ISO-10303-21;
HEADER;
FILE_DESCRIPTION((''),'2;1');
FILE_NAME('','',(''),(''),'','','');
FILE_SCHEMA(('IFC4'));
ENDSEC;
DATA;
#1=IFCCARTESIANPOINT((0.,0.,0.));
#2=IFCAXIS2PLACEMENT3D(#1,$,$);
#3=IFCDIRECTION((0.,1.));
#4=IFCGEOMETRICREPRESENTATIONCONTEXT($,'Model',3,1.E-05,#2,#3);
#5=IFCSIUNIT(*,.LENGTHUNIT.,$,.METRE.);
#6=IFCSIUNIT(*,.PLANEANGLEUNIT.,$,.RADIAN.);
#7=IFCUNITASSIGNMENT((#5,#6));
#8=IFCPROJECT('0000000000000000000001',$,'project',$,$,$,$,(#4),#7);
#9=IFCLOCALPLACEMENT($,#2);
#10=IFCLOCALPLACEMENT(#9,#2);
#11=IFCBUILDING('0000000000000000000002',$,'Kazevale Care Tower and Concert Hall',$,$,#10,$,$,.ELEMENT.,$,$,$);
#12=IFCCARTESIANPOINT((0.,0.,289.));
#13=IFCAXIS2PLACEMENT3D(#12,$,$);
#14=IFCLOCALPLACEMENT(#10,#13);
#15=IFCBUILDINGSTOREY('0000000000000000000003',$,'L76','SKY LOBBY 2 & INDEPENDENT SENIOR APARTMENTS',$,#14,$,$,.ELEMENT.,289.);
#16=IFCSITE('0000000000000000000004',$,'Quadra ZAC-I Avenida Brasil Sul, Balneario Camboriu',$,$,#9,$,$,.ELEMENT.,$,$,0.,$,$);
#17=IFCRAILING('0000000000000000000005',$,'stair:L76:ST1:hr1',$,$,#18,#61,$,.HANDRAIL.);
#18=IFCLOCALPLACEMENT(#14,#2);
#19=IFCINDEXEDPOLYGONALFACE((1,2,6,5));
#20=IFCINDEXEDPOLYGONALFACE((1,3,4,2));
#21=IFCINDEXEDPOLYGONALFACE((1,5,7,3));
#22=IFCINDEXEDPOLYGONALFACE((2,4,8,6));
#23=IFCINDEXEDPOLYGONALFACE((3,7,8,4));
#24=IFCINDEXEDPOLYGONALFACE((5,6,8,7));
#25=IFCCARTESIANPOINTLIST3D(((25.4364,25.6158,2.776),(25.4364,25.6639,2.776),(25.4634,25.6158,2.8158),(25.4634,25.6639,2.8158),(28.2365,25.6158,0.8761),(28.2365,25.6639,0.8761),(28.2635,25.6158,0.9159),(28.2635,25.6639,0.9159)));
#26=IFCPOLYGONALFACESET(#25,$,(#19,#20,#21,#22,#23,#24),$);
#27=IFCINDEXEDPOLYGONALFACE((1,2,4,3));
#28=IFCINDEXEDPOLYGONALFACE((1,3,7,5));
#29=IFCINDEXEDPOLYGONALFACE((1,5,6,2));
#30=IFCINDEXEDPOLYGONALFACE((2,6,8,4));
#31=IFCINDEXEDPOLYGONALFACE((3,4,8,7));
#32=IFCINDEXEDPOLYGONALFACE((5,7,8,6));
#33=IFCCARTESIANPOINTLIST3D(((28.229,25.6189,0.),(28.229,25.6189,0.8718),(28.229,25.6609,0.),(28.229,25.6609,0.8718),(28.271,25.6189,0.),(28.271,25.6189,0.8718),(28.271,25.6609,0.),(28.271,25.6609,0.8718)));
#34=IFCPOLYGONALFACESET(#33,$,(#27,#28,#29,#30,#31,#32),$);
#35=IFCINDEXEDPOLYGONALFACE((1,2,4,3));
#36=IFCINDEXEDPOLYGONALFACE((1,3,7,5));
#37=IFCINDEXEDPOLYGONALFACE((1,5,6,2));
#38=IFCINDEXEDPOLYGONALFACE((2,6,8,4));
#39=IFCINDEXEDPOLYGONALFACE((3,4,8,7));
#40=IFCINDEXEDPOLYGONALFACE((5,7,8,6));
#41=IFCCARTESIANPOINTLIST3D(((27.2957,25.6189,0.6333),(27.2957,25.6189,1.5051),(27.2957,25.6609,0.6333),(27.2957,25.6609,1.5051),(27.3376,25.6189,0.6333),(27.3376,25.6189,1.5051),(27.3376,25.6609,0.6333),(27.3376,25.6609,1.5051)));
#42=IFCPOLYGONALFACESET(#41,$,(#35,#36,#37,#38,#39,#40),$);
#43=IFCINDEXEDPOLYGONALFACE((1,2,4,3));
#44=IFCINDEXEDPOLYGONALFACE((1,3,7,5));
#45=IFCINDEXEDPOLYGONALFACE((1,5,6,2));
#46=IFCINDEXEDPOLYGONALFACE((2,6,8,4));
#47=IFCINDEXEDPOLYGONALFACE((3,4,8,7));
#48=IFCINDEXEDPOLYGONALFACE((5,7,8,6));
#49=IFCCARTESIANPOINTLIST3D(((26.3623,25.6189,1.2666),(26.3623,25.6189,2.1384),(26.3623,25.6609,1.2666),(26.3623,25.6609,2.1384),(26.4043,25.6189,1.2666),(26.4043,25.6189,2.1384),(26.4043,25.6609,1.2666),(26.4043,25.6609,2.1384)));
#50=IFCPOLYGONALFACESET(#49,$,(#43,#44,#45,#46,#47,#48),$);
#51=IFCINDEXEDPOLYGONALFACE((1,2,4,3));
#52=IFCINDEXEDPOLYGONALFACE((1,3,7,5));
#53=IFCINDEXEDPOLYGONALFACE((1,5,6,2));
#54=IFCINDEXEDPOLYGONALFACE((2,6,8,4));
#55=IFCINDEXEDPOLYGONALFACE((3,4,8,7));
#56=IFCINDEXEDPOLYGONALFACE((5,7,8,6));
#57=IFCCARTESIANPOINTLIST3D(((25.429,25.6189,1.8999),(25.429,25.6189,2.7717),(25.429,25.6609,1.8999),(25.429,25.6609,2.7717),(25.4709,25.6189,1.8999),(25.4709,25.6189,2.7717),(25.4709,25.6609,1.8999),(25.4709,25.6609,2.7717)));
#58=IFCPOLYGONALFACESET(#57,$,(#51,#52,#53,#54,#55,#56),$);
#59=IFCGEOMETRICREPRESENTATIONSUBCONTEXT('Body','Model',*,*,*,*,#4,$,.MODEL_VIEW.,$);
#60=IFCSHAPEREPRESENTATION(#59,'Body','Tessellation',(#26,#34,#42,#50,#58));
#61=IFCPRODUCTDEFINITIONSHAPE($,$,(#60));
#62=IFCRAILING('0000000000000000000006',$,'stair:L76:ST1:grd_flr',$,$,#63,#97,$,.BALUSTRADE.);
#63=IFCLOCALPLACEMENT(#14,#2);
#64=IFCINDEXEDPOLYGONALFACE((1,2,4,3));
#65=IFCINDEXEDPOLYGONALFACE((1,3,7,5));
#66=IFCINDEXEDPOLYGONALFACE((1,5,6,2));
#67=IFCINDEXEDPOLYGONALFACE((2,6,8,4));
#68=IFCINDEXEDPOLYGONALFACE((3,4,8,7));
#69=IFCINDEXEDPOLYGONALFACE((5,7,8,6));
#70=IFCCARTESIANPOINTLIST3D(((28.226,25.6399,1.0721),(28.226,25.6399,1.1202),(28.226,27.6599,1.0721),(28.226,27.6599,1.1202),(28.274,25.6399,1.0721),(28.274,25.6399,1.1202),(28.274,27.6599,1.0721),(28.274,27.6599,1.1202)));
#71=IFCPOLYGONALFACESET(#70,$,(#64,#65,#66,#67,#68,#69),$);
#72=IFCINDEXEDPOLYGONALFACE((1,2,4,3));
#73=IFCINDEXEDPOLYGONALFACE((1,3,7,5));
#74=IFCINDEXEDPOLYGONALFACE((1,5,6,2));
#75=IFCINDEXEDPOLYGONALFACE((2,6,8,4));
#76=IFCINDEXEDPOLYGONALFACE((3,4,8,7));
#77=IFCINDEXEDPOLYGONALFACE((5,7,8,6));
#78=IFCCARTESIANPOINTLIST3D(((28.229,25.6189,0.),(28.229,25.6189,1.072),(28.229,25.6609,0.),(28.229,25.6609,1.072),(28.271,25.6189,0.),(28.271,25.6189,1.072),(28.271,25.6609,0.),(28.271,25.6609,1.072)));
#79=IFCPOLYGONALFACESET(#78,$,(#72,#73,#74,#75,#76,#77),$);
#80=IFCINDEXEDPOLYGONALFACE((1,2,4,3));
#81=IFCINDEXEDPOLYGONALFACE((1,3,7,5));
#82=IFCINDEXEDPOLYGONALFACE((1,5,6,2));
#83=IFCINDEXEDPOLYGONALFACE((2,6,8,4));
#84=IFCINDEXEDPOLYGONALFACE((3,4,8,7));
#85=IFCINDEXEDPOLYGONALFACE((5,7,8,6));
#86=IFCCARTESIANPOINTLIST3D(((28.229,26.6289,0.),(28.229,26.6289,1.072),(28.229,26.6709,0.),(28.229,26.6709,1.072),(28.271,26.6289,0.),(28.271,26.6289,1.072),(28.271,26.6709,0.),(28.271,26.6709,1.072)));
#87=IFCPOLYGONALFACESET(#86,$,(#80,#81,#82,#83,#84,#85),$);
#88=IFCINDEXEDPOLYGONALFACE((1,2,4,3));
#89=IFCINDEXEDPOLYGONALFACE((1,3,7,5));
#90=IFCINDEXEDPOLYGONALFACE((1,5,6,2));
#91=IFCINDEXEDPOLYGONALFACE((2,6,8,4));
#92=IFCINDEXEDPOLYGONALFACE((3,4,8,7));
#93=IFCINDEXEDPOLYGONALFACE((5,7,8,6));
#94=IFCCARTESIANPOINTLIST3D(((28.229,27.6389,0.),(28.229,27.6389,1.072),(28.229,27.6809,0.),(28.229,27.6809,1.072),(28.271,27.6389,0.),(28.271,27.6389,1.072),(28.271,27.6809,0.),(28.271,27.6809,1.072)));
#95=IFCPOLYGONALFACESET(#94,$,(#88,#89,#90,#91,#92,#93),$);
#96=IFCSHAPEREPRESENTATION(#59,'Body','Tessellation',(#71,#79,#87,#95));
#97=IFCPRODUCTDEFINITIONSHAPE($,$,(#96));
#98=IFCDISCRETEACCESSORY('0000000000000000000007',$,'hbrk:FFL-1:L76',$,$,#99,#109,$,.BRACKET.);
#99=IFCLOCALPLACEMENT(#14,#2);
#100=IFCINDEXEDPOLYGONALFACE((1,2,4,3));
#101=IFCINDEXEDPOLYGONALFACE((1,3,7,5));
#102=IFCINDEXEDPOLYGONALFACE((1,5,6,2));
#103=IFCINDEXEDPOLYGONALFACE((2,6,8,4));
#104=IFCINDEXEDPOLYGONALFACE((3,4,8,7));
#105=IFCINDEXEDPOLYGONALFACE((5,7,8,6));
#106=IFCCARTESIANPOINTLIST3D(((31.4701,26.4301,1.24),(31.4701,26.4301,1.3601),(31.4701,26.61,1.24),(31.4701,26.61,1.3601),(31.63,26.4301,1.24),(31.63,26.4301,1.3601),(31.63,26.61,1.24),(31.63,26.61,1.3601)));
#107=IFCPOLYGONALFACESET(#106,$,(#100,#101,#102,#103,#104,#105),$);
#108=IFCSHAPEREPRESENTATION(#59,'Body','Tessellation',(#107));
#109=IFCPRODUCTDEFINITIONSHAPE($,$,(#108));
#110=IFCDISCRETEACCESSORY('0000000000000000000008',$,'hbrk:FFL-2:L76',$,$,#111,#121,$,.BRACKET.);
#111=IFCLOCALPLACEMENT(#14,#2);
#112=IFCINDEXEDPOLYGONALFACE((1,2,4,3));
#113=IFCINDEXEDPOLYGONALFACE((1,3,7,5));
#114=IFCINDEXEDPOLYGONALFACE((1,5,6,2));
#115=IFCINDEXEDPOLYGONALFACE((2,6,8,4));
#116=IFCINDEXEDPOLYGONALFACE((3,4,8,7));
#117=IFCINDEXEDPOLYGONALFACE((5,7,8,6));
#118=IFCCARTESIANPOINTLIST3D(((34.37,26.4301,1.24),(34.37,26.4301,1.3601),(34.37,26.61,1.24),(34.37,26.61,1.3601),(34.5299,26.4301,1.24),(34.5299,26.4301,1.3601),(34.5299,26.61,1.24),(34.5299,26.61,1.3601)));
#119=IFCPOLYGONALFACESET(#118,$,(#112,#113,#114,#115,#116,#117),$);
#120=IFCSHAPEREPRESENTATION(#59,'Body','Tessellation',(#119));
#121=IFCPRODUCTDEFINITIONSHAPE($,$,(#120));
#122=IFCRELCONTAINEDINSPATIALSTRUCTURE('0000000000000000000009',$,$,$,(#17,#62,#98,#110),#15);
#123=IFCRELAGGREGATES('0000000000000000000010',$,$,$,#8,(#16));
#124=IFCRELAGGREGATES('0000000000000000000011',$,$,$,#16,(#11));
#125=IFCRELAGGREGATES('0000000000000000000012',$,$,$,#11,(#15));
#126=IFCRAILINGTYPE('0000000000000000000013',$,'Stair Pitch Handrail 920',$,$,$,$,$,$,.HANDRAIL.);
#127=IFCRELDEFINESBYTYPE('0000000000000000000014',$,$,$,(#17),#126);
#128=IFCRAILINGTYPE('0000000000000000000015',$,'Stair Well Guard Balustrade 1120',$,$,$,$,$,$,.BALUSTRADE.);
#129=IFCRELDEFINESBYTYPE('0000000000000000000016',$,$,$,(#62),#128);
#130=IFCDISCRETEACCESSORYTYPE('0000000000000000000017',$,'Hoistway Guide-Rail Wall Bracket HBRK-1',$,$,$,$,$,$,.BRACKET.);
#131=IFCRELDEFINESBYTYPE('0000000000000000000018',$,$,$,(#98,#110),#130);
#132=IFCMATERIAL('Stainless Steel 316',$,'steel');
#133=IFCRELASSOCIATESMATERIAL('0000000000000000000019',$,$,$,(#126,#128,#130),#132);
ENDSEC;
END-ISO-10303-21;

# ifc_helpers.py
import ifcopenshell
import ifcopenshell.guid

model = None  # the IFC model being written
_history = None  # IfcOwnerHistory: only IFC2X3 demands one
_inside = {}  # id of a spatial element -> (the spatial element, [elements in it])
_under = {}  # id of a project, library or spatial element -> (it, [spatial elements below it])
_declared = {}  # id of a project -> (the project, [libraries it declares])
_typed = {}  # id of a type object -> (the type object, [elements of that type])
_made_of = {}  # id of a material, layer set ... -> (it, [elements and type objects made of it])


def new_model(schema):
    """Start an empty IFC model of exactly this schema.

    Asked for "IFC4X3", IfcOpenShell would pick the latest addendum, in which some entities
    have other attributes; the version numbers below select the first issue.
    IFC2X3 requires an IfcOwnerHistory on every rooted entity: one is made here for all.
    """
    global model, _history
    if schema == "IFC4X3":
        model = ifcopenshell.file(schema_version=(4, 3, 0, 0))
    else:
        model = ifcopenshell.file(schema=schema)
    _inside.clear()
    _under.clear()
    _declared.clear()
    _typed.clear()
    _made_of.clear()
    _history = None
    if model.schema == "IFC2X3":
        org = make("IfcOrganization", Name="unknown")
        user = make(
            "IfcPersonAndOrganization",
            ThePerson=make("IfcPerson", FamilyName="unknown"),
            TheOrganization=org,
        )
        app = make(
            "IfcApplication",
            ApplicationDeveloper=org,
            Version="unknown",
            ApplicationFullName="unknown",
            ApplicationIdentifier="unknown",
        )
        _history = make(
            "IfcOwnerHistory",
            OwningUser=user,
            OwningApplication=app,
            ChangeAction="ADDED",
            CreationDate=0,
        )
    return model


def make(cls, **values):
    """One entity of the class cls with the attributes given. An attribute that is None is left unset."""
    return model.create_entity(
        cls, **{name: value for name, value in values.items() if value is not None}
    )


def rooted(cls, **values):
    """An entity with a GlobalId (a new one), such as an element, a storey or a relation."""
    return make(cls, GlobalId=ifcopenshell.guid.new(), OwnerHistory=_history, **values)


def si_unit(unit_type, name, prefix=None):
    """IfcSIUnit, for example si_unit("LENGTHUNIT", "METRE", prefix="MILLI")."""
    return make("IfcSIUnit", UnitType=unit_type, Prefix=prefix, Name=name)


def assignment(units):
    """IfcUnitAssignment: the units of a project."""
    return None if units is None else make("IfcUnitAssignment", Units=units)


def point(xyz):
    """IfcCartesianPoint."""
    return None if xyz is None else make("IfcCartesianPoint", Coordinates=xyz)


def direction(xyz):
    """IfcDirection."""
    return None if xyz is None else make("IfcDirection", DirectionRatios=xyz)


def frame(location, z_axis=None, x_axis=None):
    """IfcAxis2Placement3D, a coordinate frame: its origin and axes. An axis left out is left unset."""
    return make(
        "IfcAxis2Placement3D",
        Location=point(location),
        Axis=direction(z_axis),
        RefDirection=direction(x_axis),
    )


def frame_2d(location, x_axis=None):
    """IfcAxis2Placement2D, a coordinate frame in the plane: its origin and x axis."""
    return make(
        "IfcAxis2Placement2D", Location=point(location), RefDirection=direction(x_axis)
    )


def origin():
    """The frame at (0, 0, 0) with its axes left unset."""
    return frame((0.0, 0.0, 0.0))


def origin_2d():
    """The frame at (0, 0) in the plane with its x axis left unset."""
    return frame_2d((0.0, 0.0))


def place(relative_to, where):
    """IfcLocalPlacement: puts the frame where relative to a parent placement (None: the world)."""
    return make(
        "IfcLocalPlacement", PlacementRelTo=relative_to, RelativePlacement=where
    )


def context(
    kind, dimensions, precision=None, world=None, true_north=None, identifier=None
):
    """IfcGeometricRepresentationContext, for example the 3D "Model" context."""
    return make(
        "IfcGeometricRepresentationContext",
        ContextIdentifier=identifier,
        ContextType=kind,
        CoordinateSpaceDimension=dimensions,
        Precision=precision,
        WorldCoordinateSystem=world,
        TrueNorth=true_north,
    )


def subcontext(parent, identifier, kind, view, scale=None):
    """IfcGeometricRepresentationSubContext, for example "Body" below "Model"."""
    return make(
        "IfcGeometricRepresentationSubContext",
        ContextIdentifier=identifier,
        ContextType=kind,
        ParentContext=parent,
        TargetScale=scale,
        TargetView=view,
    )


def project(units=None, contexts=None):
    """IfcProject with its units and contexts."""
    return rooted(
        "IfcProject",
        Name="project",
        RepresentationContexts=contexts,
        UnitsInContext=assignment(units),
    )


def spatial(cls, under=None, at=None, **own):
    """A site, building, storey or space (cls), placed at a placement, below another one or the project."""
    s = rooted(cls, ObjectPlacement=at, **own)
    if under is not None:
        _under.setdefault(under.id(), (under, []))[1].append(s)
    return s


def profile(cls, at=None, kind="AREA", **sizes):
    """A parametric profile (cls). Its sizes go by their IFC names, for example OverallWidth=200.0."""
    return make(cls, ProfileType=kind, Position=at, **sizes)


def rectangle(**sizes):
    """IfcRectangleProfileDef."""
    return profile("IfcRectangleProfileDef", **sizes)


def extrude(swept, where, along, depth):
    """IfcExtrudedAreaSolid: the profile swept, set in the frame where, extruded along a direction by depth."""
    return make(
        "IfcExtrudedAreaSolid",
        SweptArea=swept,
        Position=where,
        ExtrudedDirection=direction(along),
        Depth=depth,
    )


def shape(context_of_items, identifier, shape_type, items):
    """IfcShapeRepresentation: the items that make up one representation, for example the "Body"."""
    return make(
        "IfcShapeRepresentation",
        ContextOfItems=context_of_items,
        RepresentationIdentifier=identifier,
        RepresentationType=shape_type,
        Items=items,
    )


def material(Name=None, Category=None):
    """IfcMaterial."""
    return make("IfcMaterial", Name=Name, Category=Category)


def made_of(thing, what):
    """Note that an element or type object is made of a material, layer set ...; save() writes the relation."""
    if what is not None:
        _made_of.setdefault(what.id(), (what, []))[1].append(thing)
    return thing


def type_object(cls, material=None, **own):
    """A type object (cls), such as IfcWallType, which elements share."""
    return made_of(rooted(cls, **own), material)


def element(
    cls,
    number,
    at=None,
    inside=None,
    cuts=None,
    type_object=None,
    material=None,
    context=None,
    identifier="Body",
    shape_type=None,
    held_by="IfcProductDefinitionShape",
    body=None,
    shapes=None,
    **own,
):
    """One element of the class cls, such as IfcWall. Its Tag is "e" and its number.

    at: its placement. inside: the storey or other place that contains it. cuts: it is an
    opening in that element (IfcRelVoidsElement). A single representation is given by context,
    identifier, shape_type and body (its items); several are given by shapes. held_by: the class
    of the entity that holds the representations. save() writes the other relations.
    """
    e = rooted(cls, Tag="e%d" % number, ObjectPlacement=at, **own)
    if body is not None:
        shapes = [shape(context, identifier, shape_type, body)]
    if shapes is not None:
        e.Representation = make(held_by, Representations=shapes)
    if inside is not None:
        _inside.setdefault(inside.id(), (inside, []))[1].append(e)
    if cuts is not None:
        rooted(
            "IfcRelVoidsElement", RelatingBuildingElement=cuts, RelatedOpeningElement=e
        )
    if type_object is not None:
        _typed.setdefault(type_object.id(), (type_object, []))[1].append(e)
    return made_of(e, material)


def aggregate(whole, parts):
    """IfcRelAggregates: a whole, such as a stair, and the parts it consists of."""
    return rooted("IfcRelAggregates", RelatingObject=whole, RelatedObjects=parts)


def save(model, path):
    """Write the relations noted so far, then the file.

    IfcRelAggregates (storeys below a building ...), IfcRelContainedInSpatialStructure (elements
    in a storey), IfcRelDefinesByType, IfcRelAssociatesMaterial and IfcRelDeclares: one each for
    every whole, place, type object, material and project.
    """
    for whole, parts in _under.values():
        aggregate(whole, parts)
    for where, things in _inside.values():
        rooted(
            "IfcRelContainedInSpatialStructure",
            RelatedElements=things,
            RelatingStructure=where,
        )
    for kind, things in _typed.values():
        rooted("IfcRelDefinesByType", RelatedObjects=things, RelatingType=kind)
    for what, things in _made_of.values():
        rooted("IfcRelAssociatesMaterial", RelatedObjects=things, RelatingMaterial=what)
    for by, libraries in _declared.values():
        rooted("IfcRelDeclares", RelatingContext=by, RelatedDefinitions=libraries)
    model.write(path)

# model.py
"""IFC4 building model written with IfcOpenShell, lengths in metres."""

from ifc_helpers import new_model, si_unit, direction, frame, origin, origin_2d, place, context, subcontext, project, spatial, rectangle, extrude, material, type_object, element, save


model = new_model("IFC4")

# Units and contexts
model_context = context("Model", 3, precision=1e-05, world=origin(), true_north=direction((0.0, 1.0)))
body_context = subcontext(model_context, "Body", "Model", "MODEL_VIEW")
ifc_project = project(units=[si_unit("LENGTHUNIT", "METRE"), si_unit("PLANEANGLEUNIT", "RADIAN")], contexts=[model_context])

# Site, building, storey
site_placement = place(None, origin())
site = spatial("IfcSite", under=ifc_project, at=site_placement, Name="Quadra ZAC-I Avenida Brasil Sul, Balneario Camboriu", CompositionType="ELEMENT", RefElevation=0.0)
building_placement = place(site_placement, origin())
building = spatial("IfcBuilding", under=site, at=building_placement, Name="Kazevale Care Tower and Concert Hall", CompositionType="ELEMENT")
storey_placement = place(building_placement, frame((0.0, 0.0, 289.0)))
storey = spatial("IfcBuildingStorey", under=building, at=storey_placement, Name="L76", Description="SKY LOBBY 2 & INDEPENDENT SENIOR APARTMENTS", CompositionType="ELEMENT", Elevation=289.0)

# Shared definitions
ifc_material_1 = material(Name="Stainless Steel 316", Category="steel")

# Railings
railing_type_1 = type_object("IfcRailingType", Name="Stair Pitch Handrail 920", PredefinedType="HANDRAIL", material=ifc_material_1)
railing_1_placement = place(storey_placement, frame((28.25, 25.6399, 0.0)))
element("IfcRailing", 1, at=railing_1_placement, inside=storey, type_object=railing_type_1, Name="stair:L76:ST1:hr1", PredefinedType="HANDRAIL", context=body_context, shape_type="SweptSolid", body=[
    extrude(rectangle(XDim=0.0481, YDim=0.0481, at=origin_2d()), frame((0.0, 0.0, 0.896), z_axis=(-0.827494, 0.0, 0.561475), x_axis=(0.0, -1.0, 0.0)), (0.0, 0.0, 1.0), 3.3838),
    extrude(rectangle(XDim=0.042, YDim=0.042, at=origin_2d()), origin(), (0.0, 0.0, 1.0), 0.8718),
    extrude(rectangle(XDim=0.042, YDim=0.042, at=origin_2d()), frame((-0.9333, 0.0, 0.6333)), (0.0, 0.0, 1.0), 0.8718),
    extrude(rectangle(XDim=0.042, YDim=0.042, at=origin_2d()), frame((-1.8667, 0.0, 1.2666)), (0.0, 0.0, 1.0), 0.8718),
    extrude(rectangle(XDim=0.042, YDim=0.042, at=origin_2d()), frame((-2.8, 0.0, 1.8999)), (0.0, 0.0, 1.0), 0.8718),
])
railing_type_2 = type_object("IfcRailingType", Name="Stair Well Guard Balustrade 1120", PredefinedType="BALUSTRADE", material=ifc_material_1)
railing_2_placement = place(storey_placement, frame((28.25, 25.6399, 0.0)))
element("IfcRailing", 2, at=railing_2_placement, inside=storey, type_object=railing_type_2, Name="stair:L76:ST1:grd_flr", PredefinedType="BALUSTRADE", context=body_context, shape_type="SweptSolid", body=[
    extrude(rectangle(XDim=0.0481, YDim=0.0481, at=origin_2d()), frame((0.0, 0.0, 1.0962), z_axis=(0.0, 1.0, 0.0), x_axis=(-1.0, 0.0, 0.0)), (0.0, 0.0, 1.0), 2.02),
    extrude(rectangle(XDim=0.042, YDim=0.042, at=origin_2d()), origin(), (0.0, 0.0, 1.0), 1.072),
    extrude(rectangle(XDim=0.042, YDim=0.042, at=origin_2d()), frame((0.0, 1.01, 0.0)), (0.0, 0.0, 1.0), 1.072),
    extrude(rectangle(XDim=0.042, YDim=0.042, at=origin_2d()), frame((0.0, 2.02, 0.0)), (0.0, 0.0, 1.0), 1.072),
])

# Discrete accessories
discrete_accessory_type = type_object("IfcDiscreteAccessoryType", Name="Hoistway Guide-Rail Wall Bracket HBRK-1", PredefinedType="BRACKET", material=ifc_material_1)
for number, where, z_axis, x_axis, name in (
    (3, (31.55, 26.52, 1.24), (0.0, 0.0, 1.0), (1.0, 0.0, 0.0), "hbrk:FFL-1:L76"),
    (4, (34.45, 26.52, 1.24), (0.0, 0.0, 1.0), (1.0, 0.0, 0.0), "hbrk:FFL-2:L76"),
):
    element("IfcDiscreteAccessory", number, at=place(storey_placement, frame(where, z_axis=z_axis, x_axis=x_axis)), inside=storey, type_object=discrete_accessory_type, Name=name, PredefinedType="BRACKET", context=body_context, shape_type="SweptSolid", body=[
        extrude(rectangle(XDim=0.1599, YDim=0.1799, at=origin_2d()), origin(), (0.0, 0.0, 1.0), 0.1201),
    ])

save(model, "model.ifc")
